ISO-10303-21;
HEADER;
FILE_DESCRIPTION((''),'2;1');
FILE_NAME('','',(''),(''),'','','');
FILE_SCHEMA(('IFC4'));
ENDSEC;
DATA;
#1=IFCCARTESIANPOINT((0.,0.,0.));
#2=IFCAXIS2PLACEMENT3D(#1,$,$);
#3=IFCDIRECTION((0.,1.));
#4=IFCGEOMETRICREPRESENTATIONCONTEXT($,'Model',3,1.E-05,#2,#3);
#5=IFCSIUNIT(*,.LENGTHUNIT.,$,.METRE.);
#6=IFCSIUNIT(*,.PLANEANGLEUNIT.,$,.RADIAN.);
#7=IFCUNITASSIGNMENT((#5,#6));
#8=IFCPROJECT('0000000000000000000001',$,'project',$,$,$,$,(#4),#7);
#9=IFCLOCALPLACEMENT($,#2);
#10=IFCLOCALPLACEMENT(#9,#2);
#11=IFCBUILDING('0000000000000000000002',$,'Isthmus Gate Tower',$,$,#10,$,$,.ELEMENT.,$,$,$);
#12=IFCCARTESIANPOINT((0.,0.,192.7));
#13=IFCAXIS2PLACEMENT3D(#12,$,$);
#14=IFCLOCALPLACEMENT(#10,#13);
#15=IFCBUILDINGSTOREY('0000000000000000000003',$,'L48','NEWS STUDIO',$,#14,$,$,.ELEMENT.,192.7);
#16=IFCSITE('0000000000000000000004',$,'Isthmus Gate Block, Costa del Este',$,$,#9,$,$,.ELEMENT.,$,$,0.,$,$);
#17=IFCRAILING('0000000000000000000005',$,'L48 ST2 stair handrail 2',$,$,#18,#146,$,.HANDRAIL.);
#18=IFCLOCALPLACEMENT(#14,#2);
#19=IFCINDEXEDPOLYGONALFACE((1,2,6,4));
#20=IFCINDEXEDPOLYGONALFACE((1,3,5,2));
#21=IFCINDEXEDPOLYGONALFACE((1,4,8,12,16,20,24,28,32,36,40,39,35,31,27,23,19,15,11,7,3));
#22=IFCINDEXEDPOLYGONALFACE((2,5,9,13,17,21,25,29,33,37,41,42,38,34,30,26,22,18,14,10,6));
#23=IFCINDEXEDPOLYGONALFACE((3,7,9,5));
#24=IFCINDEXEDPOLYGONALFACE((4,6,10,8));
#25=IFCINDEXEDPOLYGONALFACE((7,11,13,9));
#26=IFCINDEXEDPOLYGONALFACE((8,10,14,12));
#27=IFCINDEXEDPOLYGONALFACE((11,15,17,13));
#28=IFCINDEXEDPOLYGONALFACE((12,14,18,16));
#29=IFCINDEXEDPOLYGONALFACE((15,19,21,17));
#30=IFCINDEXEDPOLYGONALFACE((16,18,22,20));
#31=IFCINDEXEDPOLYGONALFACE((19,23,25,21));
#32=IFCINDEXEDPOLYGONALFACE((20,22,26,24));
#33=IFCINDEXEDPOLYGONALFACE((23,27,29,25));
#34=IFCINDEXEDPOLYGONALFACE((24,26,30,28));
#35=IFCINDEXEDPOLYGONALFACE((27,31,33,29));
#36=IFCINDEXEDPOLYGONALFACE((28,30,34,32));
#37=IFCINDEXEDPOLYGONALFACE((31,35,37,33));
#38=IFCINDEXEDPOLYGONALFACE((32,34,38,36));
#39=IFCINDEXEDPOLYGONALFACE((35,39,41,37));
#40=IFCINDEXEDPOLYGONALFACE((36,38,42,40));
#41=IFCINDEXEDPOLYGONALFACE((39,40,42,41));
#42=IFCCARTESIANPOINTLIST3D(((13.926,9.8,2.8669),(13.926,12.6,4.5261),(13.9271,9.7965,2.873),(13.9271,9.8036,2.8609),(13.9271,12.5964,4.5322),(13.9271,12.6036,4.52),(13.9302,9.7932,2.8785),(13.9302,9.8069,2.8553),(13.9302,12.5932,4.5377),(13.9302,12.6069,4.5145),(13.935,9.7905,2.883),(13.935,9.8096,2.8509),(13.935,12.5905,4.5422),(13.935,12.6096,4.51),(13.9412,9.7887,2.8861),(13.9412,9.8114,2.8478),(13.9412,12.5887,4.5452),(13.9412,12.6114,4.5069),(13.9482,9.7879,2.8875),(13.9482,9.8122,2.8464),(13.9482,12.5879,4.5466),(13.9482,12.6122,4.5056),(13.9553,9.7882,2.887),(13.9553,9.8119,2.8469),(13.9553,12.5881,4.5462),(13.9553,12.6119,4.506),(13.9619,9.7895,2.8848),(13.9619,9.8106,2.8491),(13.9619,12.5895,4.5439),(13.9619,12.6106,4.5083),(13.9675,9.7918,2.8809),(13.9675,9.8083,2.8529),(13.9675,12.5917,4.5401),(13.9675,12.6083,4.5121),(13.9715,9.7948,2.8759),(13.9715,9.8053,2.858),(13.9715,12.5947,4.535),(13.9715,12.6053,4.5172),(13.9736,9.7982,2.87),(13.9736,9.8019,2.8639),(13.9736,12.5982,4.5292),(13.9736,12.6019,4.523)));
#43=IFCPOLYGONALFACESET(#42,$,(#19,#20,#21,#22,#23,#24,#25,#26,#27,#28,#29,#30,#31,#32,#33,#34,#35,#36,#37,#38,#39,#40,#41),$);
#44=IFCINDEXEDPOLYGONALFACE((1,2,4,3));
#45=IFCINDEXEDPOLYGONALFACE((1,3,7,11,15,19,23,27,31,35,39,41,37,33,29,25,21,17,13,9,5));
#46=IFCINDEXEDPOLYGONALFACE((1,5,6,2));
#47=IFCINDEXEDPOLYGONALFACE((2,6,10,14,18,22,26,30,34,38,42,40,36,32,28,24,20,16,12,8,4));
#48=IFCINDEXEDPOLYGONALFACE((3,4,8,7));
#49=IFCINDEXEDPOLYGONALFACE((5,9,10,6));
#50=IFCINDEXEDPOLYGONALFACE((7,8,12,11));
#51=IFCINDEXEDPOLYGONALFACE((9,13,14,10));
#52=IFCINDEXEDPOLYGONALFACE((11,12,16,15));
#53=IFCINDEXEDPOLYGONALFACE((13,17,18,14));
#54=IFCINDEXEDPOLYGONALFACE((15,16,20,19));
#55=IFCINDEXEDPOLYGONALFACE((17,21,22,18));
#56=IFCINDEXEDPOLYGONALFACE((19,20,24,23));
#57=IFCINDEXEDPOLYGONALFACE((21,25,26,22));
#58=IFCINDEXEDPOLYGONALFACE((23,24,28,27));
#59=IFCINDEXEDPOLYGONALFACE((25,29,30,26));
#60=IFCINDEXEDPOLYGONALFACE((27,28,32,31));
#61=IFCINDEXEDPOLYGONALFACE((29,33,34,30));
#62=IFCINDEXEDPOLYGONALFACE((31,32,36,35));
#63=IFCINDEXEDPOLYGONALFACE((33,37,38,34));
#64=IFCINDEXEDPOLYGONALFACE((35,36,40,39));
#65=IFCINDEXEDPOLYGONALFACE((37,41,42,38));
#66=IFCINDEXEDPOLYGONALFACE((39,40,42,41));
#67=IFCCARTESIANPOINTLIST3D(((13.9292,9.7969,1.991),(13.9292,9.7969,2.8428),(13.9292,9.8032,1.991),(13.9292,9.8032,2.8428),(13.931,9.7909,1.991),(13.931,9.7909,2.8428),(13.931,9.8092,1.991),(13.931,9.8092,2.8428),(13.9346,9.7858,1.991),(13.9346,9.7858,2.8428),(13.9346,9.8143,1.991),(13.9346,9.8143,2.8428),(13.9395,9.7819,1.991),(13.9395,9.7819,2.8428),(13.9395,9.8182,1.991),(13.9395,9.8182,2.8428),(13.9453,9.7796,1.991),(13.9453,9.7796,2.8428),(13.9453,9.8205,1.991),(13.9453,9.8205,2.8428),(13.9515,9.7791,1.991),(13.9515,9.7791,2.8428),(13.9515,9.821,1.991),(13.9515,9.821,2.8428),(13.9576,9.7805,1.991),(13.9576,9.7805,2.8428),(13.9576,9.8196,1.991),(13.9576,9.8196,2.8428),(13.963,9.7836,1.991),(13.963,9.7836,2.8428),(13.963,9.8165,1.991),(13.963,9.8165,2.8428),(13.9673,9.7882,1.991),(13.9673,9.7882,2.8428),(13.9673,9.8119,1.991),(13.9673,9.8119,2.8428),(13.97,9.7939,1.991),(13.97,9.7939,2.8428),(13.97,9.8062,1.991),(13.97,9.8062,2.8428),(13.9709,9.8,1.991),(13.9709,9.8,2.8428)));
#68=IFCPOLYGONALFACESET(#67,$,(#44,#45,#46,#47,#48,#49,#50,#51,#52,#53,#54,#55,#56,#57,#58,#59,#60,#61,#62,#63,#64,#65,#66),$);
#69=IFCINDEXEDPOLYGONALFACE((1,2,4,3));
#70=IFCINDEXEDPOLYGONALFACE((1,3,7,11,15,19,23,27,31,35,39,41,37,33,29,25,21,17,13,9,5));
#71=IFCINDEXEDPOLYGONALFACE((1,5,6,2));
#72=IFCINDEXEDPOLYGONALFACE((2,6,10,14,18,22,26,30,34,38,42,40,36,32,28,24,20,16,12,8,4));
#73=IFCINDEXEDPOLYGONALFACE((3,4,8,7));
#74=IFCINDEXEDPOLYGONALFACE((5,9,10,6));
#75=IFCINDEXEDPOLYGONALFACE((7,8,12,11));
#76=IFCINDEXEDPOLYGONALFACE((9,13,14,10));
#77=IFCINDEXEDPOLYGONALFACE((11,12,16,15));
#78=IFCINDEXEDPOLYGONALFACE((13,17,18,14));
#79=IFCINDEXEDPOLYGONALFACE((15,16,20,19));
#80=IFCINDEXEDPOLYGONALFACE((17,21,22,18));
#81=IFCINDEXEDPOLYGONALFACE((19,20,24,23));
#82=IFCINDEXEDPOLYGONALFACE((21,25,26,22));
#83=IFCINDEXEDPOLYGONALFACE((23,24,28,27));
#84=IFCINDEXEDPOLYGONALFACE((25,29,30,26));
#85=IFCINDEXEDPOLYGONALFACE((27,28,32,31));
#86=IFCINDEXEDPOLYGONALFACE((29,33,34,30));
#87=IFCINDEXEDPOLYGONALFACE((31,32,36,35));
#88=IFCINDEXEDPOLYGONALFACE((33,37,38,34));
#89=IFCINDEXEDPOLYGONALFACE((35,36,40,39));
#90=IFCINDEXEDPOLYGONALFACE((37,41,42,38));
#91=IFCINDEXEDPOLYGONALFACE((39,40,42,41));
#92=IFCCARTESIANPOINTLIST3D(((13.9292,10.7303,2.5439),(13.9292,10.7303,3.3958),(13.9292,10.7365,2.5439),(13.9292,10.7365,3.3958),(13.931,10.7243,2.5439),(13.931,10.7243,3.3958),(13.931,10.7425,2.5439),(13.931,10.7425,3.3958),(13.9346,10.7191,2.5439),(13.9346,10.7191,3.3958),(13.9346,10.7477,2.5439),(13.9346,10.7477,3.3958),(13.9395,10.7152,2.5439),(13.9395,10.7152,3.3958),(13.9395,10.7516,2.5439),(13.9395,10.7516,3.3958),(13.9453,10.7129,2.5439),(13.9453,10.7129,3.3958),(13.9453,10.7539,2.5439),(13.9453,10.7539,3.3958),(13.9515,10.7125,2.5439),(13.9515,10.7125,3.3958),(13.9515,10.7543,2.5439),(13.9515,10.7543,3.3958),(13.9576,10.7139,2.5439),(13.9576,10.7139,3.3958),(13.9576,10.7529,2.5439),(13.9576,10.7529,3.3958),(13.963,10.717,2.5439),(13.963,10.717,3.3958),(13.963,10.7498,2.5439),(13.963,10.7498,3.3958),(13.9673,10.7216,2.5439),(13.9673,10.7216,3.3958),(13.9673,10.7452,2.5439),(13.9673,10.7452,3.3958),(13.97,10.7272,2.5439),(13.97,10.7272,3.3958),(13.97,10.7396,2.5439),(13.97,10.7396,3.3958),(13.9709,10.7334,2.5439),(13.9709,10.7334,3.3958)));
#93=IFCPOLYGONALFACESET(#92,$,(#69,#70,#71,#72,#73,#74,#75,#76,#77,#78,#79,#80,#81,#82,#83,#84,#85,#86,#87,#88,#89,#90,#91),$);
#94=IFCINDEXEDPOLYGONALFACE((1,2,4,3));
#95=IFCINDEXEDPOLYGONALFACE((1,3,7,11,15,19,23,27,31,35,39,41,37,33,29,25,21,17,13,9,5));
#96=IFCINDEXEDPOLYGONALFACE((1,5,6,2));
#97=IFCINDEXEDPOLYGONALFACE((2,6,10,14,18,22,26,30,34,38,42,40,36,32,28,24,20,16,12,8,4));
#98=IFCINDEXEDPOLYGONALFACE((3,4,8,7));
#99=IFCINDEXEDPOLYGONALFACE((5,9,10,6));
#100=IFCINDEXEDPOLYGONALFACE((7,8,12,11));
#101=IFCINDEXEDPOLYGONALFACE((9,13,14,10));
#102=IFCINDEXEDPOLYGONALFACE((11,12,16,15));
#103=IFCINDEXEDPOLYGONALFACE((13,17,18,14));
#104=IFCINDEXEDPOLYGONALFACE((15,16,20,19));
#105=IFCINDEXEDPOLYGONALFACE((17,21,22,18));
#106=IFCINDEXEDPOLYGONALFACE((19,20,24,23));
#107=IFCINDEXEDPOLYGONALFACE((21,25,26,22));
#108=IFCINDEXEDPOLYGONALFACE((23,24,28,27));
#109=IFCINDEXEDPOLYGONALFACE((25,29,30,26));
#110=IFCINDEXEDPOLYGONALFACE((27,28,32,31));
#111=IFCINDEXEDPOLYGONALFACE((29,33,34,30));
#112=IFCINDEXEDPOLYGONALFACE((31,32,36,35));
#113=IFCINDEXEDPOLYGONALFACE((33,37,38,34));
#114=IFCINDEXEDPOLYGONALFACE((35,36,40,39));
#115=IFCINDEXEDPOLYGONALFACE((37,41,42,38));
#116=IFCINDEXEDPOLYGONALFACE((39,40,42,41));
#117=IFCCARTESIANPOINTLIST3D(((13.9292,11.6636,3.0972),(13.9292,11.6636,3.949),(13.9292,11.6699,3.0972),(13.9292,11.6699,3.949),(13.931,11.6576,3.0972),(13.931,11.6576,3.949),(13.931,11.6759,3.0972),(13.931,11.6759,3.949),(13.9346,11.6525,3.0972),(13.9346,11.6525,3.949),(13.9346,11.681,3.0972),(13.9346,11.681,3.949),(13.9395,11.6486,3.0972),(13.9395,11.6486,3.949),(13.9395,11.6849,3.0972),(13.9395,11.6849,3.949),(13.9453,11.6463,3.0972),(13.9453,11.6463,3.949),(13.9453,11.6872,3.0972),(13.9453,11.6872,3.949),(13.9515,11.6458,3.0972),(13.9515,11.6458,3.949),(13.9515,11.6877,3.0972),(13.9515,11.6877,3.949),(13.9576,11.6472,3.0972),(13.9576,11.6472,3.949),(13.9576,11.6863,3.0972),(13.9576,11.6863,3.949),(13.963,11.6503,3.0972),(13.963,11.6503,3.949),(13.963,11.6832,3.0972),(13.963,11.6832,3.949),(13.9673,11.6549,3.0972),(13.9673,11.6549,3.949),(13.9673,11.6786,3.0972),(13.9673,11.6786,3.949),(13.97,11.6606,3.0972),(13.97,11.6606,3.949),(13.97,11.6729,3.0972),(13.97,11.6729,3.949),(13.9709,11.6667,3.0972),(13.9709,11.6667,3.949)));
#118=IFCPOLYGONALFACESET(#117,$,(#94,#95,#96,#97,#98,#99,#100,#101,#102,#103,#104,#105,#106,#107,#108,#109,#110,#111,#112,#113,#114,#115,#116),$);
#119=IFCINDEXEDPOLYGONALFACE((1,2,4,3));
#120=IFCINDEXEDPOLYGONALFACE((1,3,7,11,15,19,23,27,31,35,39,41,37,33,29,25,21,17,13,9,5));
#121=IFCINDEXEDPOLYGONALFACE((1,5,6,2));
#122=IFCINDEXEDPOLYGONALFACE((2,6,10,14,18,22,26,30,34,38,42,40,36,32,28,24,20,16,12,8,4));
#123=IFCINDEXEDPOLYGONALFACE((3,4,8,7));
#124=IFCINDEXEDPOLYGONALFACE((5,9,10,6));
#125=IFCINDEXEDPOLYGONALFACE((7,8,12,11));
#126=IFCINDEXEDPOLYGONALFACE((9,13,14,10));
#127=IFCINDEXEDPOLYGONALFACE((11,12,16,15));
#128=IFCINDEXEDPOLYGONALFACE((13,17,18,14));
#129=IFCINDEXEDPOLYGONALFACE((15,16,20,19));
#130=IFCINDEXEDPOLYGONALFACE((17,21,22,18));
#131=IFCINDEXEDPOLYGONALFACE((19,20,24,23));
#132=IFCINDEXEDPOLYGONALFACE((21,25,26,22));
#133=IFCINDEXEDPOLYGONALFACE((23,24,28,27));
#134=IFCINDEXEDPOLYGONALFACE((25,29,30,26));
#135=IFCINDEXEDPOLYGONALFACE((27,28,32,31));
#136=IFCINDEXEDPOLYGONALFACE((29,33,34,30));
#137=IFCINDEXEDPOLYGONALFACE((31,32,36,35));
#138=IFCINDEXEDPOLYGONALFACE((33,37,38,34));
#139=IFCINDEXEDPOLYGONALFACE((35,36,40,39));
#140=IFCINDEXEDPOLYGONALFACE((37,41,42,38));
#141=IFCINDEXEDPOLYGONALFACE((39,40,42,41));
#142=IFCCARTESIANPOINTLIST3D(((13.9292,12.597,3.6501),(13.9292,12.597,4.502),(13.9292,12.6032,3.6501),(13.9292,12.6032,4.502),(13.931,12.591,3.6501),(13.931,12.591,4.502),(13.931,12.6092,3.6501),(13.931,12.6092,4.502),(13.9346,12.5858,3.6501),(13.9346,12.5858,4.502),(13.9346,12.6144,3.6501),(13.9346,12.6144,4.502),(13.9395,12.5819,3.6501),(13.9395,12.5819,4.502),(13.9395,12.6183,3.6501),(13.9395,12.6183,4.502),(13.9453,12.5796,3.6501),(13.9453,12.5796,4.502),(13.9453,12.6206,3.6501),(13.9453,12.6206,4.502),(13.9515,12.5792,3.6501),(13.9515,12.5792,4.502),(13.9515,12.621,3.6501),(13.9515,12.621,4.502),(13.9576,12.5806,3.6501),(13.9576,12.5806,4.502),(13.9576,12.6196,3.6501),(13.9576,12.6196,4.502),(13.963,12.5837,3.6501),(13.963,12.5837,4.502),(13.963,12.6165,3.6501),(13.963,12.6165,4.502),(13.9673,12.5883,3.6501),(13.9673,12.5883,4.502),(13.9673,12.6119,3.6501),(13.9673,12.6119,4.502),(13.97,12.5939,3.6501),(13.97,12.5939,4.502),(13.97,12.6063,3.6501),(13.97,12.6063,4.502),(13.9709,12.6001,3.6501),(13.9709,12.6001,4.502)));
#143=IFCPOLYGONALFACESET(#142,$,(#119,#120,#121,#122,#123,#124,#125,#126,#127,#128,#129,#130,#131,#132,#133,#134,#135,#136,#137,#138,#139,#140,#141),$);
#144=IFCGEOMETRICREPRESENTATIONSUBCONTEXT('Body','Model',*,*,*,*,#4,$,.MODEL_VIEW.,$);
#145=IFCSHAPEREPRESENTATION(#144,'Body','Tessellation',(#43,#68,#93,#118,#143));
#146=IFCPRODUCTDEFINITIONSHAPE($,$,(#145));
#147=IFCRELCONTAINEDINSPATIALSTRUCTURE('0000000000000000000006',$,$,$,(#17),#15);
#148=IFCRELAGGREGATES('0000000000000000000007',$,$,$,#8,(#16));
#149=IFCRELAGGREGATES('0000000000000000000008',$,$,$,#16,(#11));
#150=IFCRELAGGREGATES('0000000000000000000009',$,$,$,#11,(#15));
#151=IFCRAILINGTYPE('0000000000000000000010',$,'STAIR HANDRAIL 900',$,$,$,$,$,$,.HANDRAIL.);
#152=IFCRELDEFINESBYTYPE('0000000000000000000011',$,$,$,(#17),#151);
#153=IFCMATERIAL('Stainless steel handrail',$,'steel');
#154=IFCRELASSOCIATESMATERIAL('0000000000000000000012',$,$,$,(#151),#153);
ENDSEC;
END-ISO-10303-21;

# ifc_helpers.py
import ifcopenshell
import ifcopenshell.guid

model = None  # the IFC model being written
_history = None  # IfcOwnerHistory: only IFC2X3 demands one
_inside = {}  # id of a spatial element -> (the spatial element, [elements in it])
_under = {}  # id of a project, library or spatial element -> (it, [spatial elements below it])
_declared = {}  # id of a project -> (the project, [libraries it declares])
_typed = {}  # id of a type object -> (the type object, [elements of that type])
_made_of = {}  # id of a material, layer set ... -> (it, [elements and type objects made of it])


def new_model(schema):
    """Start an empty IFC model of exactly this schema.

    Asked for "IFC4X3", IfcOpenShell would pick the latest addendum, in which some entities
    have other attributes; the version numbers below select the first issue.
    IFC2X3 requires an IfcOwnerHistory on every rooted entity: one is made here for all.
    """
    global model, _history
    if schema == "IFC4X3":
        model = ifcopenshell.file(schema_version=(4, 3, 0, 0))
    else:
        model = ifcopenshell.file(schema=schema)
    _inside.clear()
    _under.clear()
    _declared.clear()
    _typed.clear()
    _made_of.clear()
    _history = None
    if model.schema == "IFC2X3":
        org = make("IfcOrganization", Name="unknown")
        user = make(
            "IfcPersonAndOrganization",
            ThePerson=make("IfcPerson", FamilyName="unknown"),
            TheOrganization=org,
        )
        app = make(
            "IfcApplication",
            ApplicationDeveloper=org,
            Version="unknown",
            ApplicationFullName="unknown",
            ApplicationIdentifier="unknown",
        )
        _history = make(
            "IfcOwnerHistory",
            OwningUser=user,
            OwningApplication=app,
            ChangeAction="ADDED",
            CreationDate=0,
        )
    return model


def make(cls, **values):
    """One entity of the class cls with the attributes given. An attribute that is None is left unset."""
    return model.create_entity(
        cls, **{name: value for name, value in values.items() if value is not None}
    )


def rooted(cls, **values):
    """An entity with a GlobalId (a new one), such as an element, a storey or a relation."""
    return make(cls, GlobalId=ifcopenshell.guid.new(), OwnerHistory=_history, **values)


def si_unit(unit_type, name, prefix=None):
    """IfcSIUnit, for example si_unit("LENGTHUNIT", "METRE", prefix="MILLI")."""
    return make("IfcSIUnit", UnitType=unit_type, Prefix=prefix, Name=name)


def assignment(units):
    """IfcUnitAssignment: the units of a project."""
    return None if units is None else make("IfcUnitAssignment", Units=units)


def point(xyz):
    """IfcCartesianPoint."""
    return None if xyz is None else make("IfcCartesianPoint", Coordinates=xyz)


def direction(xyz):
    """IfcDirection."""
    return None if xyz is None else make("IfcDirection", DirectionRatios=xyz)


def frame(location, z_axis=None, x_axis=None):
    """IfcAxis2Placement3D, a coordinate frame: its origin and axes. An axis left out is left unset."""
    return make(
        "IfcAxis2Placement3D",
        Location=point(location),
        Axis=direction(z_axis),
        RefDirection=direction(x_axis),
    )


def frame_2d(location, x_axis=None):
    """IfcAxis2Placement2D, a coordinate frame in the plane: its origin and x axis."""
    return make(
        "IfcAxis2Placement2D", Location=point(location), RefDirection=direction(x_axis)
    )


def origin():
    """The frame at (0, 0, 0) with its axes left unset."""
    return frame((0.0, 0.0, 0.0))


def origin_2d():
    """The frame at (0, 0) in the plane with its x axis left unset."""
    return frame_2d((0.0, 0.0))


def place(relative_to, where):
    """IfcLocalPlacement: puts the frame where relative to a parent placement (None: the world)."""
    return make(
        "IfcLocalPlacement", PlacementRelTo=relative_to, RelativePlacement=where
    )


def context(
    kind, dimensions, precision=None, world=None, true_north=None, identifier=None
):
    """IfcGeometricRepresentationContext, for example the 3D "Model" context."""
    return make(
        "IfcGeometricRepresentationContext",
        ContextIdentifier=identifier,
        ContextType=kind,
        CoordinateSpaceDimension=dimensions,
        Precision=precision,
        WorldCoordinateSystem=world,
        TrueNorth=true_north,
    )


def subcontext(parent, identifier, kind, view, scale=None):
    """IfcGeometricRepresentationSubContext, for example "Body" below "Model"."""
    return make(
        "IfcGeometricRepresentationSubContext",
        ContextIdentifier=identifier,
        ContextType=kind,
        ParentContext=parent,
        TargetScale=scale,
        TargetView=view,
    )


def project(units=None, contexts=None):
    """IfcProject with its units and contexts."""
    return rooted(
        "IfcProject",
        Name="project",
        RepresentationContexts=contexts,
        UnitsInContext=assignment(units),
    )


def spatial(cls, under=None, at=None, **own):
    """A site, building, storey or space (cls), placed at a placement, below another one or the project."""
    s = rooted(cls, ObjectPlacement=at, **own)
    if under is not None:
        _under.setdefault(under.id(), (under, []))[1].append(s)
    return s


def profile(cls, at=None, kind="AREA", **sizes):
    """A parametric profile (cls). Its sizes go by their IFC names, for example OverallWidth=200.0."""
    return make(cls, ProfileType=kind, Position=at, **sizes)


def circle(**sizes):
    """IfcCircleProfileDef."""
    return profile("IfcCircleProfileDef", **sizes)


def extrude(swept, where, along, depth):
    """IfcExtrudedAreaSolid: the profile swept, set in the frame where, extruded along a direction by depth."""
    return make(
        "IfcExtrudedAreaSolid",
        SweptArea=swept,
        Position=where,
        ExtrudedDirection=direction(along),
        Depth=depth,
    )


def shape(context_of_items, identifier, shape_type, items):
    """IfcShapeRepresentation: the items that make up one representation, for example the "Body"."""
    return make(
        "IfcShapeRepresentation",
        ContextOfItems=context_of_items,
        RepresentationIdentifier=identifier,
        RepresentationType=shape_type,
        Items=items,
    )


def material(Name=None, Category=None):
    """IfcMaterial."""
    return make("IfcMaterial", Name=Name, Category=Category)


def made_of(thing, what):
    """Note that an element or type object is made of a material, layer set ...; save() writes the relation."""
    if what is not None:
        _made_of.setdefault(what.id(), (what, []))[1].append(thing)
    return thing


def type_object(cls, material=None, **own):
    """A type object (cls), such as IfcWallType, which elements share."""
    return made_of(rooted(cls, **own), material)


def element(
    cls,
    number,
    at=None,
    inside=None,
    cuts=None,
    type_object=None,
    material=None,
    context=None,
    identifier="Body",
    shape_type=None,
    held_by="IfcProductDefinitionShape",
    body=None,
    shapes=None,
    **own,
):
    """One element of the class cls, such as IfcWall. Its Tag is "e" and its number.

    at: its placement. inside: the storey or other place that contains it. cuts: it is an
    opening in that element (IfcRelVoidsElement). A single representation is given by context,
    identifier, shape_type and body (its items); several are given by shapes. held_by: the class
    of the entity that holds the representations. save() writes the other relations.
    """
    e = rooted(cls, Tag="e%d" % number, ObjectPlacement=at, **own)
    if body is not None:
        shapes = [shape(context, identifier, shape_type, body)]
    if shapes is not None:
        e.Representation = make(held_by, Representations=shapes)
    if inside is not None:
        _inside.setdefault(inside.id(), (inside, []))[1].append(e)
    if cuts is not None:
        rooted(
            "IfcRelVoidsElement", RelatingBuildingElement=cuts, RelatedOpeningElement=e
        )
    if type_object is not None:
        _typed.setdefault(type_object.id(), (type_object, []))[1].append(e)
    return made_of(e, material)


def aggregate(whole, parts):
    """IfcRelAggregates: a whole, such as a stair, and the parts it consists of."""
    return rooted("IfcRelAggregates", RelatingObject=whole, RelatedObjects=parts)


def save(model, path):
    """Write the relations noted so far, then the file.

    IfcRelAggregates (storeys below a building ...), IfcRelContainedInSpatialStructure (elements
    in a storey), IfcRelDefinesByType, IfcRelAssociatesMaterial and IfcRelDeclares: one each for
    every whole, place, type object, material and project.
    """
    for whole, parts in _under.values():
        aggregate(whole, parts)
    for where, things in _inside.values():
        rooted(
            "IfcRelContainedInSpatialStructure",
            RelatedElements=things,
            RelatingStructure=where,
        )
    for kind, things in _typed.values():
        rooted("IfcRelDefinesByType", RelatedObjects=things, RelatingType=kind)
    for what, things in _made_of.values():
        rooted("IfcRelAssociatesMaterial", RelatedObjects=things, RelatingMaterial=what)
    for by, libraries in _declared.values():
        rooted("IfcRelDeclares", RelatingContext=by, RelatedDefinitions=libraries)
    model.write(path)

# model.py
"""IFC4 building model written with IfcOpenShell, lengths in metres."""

from ifc_helpers import new_model, si_unit, direction, frame, origin, origin_2d, place, context, subcontext, project, spatial, circle, extrude, material, type_object, element, save


model = new_model("IFC4")

# Units and contexts
model_context = context("Model", 3, precision=1e-05, world=origin(), true_north=direction((0.0, 1.0)))
body_context = subcontext(model_context, "Body", "Model", "MODEL_VIEW")
ifc_project = project(units=[si_unit("LENGTHUNIT", "METRE"), si_unit("PLANEANGLEUNIT", "RADIAN")], contexts=[model_context])

# Site, building, storey
site_placement = place(None, origin())
site = spatial("IfcSite", under=ifc_project, at=site_placement, Name="Isthmus Gate Block, Costa del Este", CompositionType="ELEMENT", RefElevation=0.0)
building_placement = place(site_placement, origin())
building = spatial("IfcBuilding", under=site, at=building_placement, Name="Isthmus Gate Tower", CompositionType="ELEMENT")
storey_placement = place(building_placement, frame((0.0, 0.0, 192.7)))
storey = spatial("IfcBuildingStorey", under=building, at=storey_placement, Name="L48", Description="NEWS STUDIO", CompositionType="ELEMENT", Elevation=192.7)

# Railing
ifc_material_1 = material(Name="Stainless steel handrail", Category="steel")
railing_type_1 = type_object("IfcRailingType", Name="STAIR HANDRAIL 900", PredefinedType="HANDRAIL", material=ifc_material_1)
railing_1_placement = place(storey_placement, frame((13.95, 9.8, 1.991)))
element("IfcRailing", 1, at=railing_1_placement, inside=storey, type_object=railing_type_1, Name="L48 ST2 stair handrail 2", PredefinedType="HANDRAIL", context=body_context, shape_type="SweptSolid", body=[
    extrude(circle(Radius=0.0239, at=origin_2d()), frame((0.0, 0.0, 0.876), z_axis=(0.0, 0.860306, 0.509778), x_axis=(-1.0, 0.0, 0.0)), (0.0, 0.0, 1.0), 3.2546),
    extrude(circle(Radius=0.021, at=origin_2d()), origin(), (0.0, 0.0, 1.0), 0.8518),
    extrude(circle(Radius=0.021, at=origin_2d()), frame((0.0, 0.9333, 0.553)), (0.0, 0.0, 1.0), 0.8518),
    extrude(circle(Radius=0.021, at=origin_2d()), frame((0.0, 1.8667, 1.1062)), (0.0, 0.0, 1.0), 0.8518),
    extrude(circle(Radius=0.021, at=origin_2d()), frame((0.0, 2.8, 1.6592)), (0.0, 0.0, 1.0), 0.8518),
])

save(model, "model.ifc")
